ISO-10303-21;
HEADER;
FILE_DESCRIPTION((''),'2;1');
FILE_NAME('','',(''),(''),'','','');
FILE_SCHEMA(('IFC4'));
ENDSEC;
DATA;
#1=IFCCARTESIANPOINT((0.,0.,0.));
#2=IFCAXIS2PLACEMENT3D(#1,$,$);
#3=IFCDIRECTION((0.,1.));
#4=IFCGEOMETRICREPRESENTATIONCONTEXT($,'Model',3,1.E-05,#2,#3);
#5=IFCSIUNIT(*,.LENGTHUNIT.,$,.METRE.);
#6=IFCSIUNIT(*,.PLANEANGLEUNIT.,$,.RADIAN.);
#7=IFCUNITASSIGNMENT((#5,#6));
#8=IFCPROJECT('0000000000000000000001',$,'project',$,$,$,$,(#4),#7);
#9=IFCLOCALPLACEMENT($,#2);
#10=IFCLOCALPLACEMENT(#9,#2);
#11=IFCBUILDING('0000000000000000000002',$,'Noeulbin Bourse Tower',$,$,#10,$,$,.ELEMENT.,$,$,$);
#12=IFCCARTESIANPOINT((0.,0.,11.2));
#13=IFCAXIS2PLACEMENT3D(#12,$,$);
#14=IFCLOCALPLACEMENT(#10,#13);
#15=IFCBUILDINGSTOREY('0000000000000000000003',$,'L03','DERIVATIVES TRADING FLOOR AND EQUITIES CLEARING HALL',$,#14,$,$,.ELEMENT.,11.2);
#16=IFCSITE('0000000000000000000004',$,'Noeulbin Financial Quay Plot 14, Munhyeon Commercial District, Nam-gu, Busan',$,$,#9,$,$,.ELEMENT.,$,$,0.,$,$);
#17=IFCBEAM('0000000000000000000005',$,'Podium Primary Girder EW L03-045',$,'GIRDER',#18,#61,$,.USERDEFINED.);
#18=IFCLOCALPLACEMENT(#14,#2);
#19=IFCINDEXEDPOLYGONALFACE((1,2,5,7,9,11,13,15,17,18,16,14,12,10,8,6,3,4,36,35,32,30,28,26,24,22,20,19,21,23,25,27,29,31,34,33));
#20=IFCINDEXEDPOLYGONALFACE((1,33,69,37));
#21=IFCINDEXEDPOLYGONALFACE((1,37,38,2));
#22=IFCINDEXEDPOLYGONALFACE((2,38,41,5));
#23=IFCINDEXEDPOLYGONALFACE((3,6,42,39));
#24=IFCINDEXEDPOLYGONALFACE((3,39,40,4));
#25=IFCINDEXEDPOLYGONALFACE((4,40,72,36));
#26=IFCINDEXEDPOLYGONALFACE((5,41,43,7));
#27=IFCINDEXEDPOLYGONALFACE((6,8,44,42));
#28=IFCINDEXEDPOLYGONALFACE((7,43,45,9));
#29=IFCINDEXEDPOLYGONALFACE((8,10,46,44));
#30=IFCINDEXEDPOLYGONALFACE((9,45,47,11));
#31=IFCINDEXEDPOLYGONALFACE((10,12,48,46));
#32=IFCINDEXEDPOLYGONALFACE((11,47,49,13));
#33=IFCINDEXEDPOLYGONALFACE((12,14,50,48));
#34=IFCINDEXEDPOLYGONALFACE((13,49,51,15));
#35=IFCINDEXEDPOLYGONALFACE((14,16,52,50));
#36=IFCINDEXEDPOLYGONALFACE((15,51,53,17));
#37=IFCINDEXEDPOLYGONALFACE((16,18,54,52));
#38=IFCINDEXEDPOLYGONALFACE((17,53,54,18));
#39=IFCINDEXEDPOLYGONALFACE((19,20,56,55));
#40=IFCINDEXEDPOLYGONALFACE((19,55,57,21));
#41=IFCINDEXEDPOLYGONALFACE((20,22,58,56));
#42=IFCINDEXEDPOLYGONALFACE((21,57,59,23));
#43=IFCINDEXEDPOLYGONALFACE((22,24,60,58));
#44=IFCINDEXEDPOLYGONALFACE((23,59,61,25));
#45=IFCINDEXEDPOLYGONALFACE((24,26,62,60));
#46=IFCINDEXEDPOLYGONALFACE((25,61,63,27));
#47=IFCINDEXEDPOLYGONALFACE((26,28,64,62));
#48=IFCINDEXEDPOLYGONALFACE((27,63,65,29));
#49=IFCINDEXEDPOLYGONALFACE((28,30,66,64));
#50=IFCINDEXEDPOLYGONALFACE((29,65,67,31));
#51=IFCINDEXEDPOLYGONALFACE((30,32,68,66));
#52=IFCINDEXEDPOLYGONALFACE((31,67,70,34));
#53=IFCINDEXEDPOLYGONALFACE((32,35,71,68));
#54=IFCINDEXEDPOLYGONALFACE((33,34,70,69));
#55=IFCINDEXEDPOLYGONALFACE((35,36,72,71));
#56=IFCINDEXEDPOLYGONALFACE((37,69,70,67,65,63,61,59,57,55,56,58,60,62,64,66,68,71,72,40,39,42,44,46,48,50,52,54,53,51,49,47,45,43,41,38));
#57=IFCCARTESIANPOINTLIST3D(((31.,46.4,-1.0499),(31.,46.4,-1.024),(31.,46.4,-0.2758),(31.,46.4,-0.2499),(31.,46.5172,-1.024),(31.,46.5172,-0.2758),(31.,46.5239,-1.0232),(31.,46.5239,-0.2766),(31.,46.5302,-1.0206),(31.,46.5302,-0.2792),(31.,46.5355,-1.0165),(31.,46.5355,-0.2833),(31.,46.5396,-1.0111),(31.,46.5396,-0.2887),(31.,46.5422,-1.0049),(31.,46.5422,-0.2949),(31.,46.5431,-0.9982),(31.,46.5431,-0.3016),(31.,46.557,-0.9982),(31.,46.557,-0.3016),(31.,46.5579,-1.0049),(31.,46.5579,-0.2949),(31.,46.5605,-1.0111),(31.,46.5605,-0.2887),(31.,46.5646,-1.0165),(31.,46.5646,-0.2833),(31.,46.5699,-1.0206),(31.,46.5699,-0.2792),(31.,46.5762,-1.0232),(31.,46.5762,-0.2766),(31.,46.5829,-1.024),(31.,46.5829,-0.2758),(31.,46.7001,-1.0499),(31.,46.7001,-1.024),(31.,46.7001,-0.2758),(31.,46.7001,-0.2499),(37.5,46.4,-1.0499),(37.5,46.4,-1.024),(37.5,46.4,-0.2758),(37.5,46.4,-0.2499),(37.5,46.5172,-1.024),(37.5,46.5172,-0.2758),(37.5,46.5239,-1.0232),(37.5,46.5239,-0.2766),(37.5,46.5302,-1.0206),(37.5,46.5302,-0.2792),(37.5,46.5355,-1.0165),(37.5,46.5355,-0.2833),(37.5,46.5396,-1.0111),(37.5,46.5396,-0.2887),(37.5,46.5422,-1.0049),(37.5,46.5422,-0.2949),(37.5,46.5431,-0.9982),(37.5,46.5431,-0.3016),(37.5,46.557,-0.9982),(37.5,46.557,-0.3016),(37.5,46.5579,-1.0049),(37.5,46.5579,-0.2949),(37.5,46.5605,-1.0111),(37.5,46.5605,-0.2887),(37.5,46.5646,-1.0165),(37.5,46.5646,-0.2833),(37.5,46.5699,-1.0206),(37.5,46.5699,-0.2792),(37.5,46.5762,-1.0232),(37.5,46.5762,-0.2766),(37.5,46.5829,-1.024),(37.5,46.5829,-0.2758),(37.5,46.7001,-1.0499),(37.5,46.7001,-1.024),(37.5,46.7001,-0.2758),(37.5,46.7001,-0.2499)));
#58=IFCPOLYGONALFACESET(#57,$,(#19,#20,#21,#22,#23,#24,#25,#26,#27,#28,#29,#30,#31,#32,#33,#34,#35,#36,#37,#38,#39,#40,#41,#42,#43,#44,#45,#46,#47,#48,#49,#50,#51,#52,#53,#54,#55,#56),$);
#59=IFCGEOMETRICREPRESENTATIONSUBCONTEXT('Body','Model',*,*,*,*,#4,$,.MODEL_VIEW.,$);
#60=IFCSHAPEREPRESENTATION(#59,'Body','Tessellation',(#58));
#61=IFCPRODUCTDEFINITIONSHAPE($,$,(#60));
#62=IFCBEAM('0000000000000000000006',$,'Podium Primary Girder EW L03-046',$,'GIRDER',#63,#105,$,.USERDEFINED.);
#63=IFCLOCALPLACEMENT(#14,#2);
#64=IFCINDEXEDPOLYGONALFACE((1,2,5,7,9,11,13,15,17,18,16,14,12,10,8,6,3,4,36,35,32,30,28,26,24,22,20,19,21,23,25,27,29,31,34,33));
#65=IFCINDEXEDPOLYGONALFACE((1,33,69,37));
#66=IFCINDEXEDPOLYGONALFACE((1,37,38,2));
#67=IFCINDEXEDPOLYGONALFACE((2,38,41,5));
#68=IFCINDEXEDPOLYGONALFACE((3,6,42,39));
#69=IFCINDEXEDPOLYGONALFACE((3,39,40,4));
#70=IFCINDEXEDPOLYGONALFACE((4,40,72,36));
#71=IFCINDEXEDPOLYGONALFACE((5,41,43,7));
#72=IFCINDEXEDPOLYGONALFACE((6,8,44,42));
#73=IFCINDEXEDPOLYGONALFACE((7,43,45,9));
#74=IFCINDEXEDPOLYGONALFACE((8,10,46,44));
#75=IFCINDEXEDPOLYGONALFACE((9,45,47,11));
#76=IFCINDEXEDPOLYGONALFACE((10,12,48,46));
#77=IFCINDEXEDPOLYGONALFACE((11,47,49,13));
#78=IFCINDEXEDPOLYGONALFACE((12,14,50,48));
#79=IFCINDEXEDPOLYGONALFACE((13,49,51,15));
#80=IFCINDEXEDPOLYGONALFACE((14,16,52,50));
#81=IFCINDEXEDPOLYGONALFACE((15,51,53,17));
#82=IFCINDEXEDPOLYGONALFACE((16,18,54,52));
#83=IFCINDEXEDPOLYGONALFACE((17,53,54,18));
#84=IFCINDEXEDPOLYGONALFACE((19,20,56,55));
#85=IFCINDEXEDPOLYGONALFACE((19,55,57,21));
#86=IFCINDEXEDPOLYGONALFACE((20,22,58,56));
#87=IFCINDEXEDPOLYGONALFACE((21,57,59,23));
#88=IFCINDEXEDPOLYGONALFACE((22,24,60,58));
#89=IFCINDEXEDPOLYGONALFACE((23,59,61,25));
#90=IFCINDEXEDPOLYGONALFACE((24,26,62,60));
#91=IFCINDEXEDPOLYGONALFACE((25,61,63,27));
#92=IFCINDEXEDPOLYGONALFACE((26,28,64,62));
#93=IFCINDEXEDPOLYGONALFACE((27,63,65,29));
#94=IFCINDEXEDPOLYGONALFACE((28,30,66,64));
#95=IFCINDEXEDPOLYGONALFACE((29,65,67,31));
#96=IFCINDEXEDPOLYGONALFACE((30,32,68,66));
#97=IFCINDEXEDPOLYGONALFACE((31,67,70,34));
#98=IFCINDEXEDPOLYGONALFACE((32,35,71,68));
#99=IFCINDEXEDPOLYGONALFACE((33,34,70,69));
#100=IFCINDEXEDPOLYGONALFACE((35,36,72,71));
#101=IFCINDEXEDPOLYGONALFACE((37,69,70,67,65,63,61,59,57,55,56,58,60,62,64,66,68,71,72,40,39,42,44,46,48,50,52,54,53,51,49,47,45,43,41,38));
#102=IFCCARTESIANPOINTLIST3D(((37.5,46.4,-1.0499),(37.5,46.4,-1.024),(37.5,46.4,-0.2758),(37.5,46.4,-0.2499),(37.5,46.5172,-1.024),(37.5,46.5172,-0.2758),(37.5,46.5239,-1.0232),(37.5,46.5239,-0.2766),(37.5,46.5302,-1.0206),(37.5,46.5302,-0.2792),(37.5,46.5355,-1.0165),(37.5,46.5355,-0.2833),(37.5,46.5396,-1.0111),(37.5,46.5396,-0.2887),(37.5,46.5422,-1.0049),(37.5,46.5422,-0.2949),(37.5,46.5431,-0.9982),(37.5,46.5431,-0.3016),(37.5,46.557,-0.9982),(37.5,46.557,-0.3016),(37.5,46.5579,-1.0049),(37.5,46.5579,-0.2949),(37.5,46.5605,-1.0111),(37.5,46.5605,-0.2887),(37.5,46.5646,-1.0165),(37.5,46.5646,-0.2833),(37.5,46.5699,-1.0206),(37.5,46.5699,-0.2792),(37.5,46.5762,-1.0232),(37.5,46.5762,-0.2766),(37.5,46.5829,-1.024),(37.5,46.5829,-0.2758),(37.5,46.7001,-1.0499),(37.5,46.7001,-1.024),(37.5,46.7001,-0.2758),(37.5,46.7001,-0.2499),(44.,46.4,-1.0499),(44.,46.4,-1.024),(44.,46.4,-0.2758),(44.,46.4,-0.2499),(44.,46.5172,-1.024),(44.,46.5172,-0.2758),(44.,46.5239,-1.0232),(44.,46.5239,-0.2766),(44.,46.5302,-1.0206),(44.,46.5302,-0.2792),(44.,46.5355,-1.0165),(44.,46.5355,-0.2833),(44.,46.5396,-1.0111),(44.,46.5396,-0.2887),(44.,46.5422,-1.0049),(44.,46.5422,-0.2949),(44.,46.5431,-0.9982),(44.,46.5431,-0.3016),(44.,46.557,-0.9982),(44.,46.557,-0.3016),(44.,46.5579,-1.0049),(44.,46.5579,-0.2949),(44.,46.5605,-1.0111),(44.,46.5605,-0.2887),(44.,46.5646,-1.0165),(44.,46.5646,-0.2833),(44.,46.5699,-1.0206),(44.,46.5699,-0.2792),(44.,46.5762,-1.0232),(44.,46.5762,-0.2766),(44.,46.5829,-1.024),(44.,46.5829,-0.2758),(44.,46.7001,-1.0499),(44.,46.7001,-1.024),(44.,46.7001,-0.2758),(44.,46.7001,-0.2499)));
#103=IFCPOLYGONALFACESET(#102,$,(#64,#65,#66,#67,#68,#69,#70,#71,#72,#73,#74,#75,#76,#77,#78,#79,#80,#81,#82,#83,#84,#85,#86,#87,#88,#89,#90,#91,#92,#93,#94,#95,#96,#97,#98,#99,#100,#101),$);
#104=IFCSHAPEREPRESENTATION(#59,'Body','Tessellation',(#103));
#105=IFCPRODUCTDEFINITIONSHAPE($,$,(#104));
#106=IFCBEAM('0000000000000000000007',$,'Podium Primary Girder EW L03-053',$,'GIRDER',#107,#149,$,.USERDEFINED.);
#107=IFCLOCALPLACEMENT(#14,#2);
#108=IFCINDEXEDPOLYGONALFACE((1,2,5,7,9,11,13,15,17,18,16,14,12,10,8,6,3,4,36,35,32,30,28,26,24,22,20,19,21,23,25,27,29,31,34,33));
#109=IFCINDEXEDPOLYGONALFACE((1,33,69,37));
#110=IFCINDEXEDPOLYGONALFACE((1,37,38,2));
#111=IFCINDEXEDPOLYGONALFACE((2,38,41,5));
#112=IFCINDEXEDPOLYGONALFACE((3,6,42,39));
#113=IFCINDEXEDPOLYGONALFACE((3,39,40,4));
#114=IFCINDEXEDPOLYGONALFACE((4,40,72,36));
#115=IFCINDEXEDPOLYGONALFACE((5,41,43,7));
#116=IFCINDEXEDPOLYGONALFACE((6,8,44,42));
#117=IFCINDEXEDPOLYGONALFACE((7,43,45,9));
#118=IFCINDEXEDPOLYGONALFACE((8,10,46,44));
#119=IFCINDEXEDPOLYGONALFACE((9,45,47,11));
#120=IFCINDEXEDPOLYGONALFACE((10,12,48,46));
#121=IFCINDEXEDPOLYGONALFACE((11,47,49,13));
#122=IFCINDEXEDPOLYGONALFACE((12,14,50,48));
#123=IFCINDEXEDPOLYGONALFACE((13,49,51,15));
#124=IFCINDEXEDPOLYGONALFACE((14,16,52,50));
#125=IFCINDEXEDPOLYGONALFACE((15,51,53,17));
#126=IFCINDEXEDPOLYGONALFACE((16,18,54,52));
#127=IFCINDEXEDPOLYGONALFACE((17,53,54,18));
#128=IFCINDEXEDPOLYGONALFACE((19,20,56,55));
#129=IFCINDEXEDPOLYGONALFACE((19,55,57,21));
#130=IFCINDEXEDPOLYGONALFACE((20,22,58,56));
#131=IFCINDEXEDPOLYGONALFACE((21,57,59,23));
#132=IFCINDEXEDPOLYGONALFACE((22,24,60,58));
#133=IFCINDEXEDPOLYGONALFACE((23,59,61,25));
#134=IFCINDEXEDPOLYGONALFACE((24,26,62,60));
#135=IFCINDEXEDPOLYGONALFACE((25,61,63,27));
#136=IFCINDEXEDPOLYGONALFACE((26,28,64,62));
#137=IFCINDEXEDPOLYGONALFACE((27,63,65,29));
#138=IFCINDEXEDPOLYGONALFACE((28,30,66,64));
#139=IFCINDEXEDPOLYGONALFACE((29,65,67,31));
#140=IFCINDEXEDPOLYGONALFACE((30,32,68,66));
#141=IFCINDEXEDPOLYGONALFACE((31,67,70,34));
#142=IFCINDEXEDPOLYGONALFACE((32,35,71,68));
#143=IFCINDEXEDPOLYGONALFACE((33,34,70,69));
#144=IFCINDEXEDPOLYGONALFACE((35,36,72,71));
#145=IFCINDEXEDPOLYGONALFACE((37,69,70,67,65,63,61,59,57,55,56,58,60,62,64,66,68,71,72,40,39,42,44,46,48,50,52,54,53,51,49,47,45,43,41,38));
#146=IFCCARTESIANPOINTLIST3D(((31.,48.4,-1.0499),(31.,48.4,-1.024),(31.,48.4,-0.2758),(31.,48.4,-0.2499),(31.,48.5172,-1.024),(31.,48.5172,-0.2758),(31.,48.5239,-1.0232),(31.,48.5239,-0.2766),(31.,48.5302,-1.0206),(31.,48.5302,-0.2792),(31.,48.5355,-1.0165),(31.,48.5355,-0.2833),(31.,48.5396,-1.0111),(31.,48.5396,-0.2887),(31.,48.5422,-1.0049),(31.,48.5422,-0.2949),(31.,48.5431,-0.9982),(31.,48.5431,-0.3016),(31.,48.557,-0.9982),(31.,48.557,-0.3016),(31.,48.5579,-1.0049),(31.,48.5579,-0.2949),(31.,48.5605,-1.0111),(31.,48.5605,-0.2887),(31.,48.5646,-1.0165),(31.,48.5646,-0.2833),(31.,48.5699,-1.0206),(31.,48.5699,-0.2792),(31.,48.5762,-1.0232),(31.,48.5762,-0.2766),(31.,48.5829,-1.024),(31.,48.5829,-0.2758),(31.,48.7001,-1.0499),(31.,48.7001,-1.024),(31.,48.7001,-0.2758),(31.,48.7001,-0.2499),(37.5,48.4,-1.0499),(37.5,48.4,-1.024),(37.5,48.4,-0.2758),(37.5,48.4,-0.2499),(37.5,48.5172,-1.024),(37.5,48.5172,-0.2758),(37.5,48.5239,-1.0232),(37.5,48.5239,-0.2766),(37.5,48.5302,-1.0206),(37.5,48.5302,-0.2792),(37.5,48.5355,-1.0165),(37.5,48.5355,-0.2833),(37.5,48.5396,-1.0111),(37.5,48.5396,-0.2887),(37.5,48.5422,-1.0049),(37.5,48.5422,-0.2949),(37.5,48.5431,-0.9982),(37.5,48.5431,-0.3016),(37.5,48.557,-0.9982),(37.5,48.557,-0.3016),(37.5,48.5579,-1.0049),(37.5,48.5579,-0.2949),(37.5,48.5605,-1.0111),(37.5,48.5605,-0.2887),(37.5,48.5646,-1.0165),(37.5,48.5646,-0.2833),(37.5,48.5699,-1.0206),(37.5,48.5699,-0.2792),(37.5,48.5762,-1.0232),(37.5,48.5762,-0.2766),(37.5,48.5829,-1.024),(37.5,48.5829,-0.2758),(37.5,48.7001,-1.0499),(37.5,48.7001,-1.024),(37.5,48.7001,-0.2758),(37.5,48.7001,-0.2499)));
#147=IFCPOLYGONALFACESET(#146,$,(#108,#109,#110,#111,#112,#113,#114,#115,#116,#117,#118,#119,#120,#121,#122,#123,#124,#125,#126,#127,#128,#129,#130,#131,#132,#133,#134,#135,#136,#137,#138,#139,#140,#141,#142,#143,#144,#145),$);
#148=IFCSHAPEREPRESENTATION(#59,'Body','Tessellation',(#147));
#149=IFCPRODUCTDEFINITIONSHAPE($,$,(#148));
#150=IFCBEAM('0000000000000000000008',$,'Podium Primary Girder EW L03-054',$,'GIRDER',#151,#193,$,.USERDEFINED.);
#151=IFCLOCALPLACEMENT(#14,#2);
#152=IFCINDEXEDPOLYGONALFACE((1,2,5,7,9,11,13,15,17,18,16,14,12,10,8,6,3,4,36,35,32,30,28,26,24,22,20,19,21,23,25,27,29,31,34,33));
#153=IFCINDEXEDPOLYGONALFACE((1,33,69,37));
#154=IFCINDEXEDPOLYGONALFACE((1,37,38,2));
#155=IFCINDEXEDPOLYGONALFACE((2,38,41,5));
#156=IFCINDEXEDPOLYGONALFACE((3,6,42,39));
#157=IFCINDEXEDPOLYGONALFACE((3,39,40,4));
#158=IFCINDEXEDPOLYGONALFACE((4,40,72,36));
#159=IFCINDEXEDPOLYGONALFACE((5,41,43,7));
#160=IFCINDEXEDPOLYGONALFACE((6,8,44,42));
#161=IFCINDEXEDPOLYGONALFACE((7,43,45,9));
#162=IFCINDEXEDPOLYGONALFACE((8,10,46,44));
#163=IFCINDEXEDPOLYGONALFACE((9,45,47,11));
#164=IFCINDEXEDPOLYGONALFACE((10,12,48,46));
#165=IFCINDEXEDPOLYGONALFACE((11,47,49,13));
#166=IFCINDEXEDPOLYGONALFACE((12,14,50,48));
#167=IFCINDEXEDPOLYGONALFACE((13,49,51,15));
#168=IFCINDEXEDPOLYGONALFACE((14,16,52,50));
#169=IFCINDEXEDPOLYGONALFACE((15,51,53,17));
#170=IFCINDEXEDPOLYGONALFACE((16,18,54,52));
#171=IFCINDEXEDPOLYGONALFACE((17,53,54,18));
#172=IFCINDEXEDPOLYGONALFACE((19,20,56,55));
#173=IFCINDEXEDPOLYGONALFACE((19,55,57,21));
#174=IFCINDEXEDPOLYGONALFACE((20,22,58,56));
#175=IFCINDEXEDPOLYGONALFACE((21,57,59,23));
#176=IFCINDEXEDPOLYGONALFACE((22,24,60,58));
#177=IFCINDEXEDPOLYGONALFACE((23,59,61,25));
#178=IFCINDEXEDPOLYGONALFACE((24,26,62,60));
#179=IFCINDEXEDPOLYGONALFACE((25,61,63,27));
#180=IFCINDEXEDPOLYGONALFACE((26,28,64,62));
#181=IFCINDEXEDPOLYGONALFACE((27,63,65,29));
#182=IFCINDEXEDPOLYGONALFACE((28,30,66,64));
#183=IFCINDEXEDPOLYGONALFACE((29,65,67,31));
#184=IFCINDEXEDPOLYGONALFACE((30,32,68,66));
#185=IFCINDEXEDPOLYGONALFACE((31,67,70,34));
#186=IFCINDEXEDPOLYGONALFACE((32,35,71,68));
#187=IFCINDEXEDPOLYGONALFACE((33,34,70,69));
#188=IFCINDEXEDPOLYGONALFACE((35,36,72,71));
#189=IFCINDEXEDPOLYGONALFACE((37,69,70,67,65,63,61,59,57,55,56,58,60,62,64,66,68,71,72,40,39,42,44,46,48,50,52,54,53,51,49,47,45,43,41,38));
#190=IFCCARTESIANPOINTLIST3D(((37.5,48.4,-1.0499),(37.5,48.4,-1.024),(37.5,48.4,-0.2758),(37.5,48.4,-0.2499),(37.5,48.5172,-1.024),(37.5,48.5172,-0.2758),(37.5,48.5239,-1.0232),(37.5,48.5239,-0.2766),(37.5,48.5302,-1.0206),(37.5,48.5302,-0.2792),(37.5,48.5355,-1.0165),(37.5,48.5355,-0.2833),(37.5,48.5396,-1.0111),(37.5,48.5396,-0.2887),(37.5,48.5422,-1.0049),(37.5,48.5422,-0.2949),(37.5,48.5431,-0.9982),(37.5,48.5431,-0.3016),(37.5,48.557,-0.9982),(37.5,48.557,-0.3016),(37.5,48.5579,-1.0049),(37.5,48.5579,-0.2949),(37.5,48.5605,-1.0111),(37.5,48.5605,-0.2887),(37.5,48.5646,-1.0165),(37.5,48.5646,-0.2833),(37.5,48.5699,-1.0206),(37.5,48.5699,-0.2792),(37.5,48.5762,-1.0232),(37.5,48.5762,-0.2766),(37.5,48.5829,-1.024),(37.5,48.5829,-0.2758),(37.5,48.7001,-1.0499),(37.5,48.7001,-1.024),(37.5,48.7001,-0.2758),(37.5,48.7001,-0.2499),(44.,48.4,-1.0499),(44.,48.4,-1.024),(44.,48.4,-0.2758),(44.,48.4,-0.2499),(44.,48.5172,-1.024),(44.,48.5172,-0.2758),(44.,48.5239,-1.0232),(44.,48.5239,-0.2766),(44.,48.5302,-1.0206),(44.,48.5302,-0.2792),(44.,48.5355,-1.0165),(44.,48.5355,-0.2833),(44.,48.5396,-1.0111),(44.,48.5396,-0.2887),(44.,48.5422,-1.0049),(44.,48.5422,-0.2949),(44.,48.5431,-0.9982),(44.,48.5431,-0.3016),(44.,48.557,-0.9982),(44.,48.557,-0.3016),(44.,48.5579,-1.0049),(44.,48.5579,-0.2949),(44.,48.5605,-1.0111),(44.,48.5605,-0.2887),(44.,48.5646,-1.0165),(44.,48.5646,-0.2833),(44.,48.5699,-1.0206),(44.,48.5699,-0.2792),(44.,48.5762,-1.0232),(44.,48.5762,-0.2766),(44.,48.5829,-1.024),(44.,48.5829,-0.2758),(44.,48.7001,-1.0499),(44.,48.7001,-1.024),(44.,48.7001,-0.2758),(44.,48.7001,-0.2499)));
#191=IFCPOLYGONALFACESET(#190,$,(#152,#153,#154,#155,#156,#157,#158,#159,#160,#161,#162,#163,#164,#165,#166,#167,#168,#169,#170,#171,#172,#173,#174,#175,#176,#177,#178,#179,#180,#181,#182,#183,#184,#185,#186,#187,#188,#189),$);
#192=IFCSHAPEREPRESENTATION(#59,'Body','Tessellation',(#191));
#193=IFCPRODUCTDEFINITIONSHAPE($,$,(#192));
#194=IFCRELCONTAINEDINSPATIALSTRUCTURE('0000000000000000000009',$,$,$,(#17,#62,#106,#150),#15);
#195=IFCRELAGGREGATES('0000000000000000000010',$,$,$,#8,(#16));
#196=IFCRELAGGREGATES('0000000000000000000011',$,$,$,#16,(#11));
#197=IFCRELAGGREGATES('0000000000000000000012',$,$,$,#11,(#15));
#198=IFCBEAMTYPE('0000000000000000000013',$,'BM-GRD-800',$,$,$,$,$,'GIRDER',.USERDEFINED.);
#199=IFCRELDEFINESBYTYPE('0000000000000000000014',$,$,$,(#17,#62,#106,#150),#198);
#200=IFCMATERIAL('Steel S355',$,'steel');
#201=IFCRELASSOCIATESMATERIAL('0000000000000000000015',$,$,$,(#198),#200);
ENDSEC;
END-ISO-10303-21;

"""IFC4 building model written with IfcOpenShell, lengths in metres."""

from ifc_helpers import new_model, si_unit, direction, frame, origin, origin_2d, place, context, subcontext, project, spatial, i_section, extrude, material, material_profile, profile_set, type_object, element, save


model = new_model("IFC4")

# Units and contexts
model_context = context("Model", 3, precision=1e-05, world=origin(), true_north=direction((0.0, 1.0)))
body_context = subcontext(model_context, "Body", "Model", "MODEL_VIEW")
ifc_project = project(units=[si_unit("LENGTHUNIT", "METRE"), si_unit("PLANEANGLEUNIT", "RADIAN")], contexts=[model_context])

# Site, building, storey
site_placement = place(None, origin())
site = spatial("IfcSite", under=ifc_project, at=site_placement, Name="Noeulbin Financial Quay Plot 14, Munhyeon Commercial District, Nam-gu, Busan", CompositionType="ELEMENT", RefElevation=0.0)
building_placement = place(site_placement, origin())
building = spatial("IfcBuilding", under=site, at=building_placement, Name="Noeulbin Bourse Tower", CompositionType="ELEMENT")
storey_placement = place(building_placement, frame((0.0, 0.0, 11.2)))
storey = spatial("IfcBuildingStorey", under=building, at=storey_placement, Name="L03", Description="DERIVATIVES TRADING FLOOR AND EQUITIES CLEARING HALL", CompositionType="ELEMENT", Elevation=11.2)

# Beams
ifc_material_1 = material(Name="Steel S355", Category="steel")
ifc_material_profile_1 = material_profile(ifc_material_1, i_section(OverallWidth=0.3, OverallDepth=0.8, WebThickness=0.0139, FlangeThickness=0.0259, FilletRadius=0.0259, at=origin_2d()), Name="H-800x300x14x26", Category="LoadBearing")
ifc_profile_set_1 = profile_set([ifc_material_profile_1], Name="Steel S355")
beam_type_1 = type_object("IfcBeamType", Name="BM-GRD-800", ElementType="GIRDER", PredefinedType="USERDEFINED", material=ifc_profile_set_1)
for number, where, z_axis, x_axis, name in (
    (1, (31.0, 46.55, -0.6499), (1.0, 0.0, 0.0), (0.0, 1.0, 0.0), "Podium Primary Girder EW L03-045"),
    (2, (37.5, 46.55, -0.6499), (1.0, 0.0, 0.0), (0.0, 1.0, 0.0), "Podium Primary Girder EW L03-046"),
    (3, (31.0, 48.55, -0.6499), (1.0, 0.0, 0.0), (0.0, 1.0, 0.0), "Podium Primary Girder EW L03-053"),
    (4, (37.5, 48.55, -0.6499), (1.0, 0.0, 0.0), (0.0, 1.0, 0.0), "Podium Primary Girder EW L03-054"),
):
    element("IfcBeam", number, at=place(storey_placement, frame(where, z_axis=z_axis, x_axis=x_axis)), inside=storey, type_object=beam_type_1, Name=name, ObjectType="GIRDER", PredefinedType="USERDEFINED", context=body_context, shape_type="SweptSolid", body=[
        extrude(i_section(OverallWidth=0.3, OverallDepth=0.8, WebThickness=0.0139, FlangeThickness=0.0259, FilletRadius=0.0259, at=origin_2d()), origin(), (0.0, 0.0, 1.0), 6.5),
    ])

save(model, "model.ifc")
